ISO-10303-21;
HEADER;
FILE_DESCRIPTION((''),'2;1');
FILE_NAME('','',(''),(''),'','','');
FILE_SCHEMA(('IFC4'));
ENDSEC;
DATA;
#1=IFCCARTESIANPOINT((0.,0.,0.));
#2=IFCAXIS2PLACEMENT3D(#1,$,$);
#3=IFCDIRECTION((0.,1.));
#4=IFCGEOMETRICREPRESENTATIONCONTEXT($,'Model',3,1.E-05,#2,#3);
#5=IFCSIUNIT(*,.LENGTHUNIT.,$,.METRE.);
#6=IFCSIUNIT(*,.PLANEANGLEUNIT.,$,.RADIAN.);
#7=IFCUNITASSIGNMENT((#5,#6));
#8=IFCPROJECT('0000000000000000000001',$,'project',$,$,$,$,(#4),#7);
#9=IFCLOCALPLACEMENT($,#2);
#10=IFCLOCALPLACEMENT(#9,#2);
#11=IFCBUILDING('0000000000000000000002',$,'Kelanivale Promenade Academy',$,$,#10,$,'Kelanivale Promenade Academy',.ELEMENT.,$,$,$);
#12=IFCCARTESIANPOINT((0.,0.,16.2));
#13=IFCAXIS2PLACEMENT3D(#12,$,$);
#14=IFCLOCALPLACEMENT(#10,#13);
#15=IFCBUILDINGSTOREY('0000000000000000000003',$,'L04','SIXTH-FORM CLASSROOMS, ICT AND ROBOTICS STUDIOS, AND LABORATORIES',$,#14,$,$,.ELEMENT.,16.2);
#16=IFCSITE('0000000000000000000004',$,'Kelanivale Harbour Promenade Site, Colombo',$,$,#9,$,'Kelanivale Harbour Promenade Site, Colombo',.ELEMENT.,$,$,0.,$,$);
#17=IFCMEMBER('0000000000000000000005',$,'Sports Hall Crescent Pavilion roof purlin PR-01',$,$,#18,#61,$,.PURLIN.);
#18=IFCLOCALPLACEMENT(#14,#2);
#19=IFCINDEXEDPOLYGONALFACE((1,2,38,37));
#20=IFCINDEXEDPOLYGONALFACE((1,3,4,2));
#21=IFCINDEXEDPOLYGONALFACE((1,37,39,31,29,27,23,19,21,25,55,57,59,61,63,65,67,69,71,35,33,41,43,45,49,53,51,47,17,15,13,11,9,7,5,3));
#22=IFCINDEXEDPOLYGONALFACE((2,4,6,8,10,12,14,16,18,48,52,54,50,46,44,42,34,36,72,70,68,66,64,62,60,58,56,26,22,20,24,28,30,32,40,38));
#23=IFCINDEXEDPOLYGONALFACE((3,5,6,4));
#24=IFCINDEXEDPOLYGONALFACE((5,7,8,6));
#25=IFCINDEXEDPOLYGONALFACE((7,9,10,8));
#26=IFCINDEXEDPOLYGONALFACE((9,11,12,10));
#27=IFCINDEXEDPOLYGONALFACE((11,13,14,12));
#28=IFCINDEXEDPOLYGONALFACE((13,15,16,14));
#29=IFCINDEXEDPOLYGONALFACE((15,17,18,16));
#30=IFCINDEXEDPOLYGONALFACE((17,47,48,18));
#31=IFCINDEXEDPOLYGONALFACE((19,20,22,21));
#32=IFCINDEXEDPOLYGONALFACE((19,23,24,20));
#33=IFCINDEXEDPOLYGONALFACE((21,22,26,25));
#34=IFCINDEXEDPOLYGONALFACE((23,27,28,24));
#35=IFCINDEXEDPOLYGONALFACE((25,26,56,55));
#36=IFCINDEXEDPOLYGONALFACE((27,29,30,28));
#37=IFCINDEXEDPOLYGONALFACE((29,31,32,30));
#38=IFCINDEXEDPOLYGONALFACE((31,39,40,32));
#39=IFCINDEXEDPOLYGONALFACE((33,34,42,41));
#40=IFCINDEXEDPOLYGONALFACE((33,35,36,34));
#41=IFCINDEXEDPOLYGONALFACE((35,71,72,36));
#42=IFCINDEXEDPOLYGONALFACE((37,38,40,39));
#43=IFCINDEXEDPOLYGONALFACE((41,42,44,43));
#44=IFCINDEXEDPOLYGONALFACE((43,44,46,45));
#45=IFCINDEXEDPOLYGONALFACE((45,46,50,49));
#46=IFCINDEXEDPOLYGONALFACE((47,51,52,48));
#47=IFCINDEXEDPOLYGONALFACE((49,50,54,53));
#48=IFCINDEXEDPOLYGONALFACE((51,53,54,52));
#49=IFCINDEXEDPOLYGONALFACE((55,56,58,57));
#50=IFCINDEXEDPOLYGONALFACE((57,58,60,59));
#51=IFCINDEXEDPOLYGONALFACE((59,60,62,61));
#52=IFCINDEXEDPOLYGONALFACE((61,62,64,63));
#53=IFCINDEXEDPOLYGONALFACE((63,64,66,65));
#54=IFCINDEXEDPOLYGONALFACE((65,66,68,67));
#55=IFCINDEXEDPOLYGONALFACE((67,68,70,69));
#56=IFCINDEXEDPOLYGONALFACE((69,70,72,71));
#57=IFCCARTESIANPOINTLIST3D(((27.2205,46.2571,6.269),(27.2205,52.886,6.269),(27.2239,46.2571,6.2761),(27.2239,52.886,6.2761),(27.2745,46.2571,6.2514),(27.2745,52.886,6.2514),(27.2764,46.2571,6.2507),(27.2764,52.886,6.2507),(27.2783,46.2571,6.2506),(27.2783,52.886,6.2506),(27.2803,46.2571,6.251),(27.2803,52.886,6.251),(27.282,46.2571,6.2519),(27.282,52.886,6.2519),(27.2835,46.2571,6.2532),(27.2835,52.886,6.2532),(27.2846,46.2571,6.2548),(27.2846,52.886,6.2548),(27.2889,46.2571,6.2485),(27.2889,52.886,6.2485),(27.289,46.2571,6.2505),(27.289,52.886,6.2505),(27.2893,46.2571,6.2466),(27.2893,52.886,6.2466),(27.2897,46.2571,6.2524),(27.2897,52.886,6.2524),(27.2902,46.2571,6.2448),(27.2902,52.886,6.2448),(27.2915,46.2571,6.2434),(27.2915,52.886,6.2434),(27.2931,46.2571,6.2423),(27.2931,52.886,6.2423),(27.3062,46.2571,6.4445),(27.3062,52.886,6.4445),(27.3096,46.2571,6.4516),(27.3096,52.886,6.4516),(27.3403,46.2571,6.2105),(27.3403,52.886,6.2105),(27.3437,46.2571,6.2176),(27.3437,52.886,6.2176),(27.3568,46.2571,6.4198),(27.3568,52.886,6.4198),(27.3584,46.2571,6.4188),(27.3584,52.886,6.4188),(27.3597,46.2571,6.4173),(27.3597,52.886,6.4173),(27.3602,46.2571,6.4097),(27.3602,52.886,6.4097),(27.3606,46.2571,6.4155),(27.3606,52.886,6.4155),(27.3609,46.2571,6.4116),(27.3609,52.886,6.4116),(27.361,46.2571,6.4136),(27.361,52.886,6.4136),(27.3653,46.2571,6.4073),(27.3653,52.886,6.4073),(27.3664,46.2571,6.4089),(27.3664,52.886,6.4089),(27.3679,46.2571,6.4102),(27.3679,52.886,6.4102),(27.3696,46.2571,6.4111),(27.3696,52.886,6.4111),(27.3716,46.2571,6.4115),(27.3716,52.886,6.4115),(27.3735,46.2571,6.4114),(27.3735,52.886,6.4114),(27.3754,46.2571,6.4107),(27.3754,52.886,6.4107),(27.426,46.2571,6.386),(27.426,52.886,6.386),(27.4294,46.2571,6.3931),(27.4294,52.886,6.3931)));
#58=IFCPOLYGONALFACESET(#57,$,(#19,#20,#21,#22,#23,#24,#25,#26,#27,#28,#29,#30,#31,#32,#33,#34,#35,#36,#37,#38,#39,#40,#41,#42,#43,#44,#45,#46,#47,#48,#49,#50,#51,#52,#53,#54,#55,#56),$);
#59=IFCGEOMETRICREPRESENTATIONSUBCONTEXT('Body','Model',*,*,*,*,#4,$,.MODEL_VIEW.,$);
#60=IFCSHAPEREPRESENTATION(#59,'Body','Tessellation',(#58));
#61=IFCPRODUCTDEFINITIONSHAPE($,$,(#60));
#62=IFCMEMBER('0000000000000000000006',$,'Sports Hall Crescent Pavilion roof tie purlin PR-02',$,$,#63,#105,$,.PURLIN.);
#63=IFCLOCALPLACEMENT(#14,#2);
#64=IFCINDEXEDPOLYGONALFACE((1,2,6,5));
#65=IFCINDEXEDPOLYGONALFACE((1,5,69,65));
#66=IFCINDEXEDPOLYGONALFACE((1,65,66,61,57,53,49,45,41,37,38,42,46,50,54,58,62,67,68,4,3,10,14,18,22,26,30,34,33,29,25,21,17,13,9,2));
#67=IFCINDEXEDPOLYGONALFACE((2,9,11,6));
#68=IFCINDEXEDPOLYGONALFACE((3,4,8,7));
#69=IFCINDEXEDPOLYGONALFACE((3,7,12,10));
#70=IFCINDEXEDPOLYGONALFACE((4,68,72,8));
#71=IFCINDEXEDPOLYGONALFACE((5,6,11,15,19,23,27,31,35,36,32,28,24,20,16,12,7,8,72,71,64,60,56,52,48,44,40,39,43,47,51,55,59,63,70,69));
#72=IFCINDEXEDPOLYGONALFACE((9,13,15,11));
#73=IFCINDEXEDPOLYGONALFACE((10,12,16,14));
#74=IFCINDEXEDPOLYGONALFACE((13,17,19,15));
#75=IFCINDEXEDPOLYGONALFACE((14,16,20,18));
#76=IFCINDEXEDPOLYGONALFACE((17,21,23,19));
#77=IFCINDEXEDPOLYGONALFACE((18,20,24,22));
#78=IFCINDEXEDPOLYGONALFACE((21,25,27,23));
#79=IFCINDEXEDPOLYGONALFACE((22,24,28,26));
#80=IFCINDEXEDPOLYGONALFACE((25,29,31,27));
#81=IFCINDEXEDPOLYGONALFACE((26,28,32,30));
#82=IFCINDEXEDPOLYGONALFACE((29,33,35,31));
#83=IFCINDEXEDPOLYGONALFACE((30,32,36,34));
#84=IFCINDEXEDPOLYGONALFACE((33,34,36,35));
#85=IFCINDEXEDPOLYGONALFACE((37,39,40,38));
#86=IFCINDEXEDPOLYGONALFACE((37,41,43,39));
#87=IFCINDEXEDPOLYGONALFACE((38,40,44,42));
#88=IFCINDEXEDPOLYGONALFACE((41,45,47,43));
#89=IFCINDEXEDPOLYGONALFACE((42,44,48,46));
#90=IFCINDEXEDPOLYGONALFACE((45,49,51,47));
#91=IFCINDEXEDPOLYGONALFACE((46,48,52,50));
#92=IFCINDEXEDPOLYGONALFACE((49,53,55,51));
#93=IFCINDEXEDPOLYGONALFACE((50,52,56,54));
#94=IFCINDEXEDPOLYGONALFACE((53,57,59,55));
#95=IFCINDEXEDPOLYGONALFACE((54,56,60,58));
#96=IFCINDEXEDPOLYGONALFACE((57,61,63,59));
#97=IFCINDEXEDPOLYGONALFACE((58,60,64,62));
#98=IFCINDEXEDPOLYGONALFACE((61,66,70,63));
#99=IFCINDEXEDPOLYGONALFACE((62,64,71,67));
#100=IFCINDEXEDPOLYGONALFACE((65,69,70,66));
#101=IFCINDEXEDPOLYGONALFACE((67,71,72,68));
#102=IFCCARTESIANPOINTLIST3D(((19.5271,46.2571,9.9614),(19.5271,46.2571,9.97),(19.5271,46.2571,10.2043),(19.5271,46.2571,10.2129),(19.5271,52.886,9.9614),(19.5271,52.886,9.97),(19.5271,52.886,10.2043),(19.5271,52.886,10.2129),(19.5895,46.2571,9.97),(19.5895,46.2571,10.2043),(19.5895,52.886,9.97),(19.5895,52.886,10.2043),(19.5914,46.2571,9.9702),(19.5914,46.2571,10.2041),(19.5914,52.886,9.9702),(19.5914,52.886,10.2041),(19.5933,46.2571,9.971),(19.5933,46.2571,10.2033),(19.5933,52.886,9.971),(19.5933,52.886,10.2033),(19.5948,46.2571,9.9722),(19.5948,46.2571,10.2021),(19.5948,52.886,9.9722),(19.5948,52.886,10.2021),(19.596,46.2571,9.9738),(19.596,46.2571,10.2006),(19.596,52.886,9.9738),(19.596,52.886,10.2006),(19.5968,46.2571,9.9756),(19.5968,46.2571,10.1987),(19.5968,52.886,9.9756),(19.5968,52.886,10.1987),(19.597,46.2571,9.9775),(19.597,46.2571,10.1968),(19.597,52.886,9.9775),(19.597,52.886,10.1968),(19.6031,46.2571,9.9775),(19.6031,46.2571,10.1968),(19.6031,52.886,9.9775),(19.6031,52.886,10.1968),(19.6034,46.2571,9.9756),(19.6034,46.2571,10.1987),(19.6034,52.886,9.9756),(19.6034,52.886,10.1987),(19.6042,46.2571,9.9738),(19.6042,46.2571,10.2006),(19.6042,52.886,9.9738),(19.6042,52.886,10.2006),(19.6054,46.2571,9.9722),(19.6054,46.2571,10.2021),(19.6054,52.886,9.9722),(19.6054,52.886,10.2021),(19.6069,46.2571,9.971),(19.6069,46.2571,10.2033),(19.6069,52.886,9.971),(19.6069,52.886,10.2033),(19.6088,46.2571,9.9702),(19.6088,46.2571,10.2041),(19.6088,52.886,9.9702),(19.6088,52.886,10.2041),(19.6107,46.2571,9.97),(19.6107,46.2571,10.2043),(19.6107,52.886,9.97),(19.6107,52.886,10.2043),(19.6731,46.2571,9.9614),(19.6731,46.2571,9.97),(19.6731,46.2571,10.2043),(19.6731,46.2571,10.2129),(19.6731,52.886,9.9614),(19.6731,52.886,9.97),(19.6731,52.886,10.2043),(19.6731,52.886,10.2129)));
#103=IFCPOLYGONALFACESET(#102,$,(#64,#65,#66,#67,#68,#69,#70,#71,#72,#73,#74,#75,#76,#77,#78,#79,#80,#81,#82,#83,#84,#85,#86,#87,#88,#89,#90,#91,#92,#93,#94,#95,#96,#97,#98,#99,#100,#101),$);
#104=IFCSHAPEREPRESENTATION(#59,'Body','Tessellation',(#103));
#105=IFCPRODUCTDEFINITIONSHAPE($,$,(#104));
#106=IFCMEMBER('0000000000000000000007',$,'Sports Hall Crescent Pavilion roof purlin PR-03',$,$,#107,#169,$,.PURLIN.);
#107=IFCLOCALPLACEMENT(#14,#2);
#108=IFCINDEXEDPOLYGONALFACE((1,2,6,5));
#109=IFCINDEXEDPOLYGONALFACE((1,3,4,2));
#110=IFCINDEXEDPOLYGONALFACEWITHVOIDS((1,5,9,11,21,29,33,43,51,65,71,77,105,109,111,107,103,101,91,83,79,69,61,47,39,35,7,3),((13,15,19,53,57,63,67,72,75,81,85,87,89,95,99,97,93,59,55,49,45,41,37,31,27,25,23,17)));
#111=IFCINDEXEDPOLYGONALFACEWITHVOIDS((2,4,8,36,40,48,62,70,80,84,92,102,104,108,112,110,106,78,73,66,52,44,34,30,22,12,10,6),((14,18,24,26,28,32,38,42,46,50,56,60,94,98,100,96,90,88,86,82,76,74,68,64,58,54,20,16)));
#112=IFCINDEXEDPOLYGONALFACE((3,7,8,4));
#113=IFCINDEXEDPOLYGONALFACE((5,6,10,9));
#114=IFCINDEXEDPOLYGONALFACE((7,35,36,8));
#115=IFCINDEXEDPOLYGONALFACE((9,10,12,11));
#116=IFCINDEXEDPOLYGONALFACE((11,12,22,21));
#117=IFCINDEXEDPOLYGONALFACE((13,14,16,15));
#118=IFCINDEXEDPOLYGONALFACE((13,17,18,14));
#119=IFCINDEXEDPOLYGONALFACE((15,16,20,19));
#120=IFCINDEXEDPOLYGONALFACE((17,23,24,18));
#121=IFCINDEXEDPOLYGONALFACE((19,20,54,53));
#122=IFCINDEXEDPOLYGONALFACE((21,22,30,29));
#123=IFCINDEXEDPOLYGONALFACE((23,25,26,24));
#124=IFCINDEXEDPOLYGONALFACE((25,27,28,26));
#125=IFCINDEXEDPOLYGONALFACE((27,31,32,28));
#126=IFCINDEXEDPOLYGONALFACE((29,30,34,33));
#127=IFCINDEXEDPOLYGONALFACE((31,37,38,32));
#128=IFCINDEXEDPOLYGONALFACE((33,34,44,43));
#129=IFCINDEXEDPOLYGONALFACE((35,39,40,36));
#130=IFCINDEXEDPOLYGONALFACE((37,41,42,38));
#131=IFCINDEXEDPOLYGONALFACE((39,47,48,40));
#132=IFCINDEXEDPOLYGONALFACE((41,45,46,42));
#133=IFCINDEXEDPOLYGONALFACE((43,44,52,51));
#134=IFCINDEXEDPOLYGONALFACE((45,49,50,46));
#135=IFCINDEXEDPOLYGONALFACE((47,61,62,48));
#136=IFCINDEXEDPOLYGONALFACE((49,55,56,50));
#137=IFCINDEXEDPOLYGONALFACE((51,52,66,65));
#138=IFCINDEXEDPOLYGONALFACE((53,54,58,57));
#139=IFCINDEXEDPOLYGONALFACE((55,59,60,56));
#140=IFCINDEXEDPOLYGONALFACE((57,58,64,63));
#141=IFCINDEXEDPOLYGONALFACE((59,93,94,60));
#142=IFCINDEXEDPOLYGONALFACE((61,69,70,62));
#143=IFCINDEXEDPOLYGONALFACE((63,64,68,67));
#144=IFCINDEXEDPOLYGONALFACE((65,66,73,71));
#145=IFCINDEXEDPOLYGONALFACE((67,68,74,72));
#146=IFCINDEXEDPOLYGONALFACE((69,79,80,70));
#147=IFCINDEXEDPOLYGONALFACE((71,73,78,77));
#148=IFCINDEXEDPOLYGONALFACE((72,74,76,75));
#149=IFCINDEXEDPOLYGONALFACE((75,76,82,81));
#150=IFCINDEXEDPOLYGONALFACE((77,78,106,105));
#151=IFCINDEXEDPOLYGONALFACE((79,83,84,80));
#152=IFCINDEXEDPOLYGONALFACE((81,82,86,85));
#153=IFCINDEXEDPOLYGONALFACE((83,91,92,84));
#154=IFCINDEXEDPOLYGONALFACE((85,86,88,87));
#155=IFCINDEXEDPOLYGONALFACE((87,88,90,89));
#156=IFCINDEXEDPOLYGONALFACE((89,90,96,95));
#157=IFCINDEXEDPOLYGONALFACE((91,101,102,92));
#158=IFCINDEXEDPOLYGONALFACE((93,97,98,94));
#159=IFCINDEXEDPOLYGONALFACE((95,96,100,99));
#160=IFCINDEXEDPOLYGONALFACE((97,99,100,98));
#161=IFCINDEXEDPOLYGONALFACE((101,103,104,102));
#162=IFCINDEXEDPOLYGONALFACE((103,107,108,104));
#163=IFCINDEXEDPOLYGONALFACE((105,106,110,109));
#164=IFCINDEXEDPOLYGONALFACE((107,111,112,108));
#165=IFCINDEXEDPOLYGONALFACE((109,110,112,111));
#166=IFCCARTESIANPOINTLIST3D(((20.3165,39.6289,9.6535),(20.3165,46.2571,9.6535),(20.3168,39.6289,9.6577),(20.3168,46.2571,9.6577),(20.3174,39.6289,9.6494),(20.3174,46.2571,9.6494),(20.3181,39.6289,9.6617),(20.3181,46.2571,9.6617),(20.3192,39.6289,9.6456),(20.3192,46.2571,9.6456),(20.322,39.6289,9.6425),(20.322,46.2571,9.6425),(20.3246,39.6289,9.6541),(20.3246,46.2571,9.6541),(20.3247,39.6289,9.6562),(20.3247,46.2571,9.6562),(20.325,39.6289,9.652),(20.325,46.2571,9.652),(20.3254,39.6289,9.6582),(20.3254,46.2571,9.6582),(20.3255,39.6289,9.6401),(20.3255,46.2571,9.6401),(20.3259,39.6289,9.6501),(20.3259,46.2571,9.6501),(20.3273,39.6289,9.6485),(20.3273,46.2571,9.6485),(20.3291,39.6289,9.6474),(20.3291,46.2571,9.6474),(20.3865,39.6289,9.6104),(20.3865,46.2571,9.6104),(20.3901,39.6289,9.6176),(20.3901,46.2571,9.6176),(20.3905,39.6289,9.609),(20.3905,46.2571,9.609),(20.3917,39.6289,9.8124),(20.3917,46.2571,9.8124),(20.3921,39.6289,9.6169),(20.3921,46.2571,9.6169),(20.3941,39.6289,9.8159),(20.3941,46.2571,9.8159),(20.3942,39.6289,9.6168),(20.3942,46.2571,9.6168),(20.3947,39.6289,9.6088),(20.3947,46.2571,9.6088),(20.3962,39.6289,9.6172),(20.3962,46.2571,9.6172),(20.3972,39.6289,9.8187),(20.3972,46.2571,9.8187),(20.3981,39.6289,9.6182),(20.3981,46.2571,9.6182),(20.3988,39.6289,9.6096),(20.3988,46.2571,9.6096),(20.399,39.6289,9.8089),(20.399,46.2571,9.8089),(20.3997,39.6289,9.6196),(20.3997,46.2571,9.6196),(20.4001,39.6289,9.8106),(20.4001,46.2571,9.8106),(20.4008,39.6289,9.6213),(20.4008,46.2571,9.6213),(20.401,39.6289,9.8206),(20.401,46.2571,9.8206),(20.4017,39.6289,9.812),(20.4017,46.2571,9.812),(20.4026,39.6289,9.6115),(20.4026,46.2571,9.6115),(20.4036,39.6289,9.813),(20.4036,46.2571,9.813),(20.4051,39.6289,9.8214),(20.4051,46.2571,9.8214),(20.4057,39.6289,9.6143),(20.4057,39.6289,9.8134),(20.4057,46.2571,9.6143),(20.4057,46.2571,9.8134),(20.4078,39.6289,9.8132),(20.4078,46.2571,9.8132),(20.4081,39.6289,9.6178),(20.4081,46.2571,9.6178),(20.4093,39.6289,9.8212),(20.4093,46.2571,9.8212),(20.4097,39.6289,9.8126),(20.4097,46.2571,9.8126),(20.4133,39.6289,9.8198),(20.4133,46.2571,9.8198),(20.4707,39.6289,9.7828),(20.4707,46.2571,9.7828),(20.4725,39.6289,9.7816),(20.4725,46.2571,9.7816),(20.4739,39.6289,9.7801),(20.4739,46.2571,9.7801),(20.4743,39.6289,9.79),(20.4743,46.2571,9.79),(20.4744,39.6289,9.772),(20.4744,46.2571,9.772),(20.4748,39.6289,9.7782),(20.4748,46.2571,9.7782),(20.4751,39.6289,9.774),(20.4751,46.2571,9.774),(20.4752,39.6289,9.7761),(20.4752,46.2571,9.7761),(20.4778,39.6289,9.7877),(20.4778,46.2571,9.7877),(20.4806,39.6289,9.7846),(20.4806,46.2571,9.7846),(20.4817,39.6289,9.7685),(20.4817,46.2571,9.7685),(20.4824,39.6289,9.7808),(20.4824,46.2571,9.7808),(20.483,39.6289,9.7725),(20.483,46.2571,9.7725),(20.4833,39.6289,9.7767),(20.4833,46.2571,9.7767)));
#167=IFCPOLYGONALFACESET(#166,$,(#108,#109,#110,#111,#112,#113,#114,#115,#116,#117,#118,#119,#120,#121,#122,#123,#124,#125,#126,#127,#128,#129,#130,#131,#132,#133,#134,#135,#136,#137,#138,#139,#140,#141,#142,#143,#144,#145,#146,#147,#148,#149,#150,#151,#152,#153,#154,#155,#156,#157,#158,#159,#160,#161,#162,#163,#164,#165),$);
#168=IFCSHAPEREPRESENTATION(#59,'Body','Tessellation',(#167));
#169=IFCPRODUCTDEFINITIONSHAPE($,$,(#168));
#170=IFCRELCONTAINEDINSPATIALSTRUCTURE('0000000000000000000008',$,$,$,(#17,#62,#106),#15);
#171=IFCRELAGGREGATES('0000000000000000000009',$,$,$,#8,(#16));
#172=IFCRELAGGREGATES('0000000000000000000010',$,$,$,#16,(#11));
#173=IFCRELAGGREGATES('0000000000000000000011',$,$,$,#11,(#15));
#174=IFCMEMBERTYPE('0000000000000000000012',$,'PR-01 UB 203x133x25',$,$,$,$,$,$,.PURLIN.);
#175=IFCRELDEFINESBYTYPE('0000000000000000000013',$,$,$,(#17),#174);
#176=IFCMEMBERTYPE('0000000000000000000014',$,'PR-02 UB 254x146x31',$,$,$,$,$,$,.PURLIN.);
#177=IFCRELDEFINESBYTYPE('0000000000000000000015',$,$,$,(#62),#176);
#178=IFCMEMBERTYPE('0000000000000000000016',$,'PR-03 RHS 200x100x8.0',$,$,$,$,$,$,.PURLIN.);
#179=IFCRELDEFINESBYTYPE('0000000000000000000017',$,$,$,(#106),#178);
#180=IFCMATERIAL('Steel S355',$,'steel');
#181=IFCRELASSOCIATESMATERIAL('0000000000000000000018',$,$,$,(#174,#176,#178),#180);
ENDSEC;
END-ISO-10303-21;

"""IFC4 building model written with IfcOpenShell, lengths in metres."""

from ifc_helpers import new_model, si_unit, direction, frame, origin, origin_2d, place, context, subcontext, project, spatial, hollow_rectangle, i_section, extrude, material, material_profile, profile_set, type_object, element, save


model = new_model("IFC4")

# Units and contexts
model_context = context("Model", 3, precision=1e-05, world=origin(), true_north=direction((0.0, 1.0)))
body_context = subcontext(model_context, "Body", "Model", "MODEL_VIEW")
ifc_project = project(units=[si_unit("LENGTHUNIT", "METRE"), si_unit("PLANEANGLEUNIT", "RADIAN")], contexts=[model_context])

# Site, building, storey
site_placement = place(None, origin())
site = spatial("IfcSite", under=ifc_project, at=site_placement, Name="Kelanivale Harbour Promenade Site, Colombo", LongName="Kelanivale Harbour Promenade Site, Colombo", CompositionType="ELEMENT", RefElevation=0.0)
building_placement = place(site_placement, origin())
building = spatial("IfcBuilding", under=site, at=building_placement, Name="Kelanivale Promenade Academy", LongName="Kelanivale Promenade Academy", CompositionType="ELEMENT")
storey_placement = place(building_placement, frame((0.0, 0.0, 16.2)))
storey = spatial("IfcBuildingStorey", under=building, at=storey_placement, Name="L04", Description="SIXTH-FORM CLASSROOMS, ICT AND ROBOTICS STUDIOS, AND LABORATORIES", CompositionType="ELEMENT", Elevation=16.2)

# Members
ifc_material_1 = material(Name="Steel S355", Category="steel")
ifc_material_profile_1 = material_profile(ifc_material_1, i_section(OverallWidth=0.1333, OverallDepth=0.2031, WebThickness=0.0056, FlangeThickness=0.0078, FilletRadius=0.0076, at=origin_2d()), Name="UB 203x133x25")
ifc_profile_set_1 = profile_set([ifc_material_profile_1], Name="Steel S355")
member_type_1 = type_object("IfcMemberType", Name="PR-01 UB 203x133x25", PredefinedType="PURLIN", material=ifc_profile_set_1)
member_1_placement = place(storey_placement, frame((27.325, 46.2571, 6.3311), z_axis=(0.0, 1.0, 0.0), x_axis=(-0.898564, 0.0, 0.438842)))
element("IfcMember", 1, at=member_1_placement, inside=storey, type_object=member_type_1, Name="Sports Hall Crescent Pavilion roof purlin PR-01", PredefinedType="PURLIN", context=body_context, shape_type="SweptSolid", body=[
    extrude(i_section(OverallWidth=0.1333, OverallDepth=0.2031, WebThickness=0.0056, FlangeThickness=0.0078, FilletRadius=0.0076, at=origin_2d()), origin(), (0.0, 0.0, 1.0), 6.6289),
])
ifc_material_profile_2 = material_profile(ifc_material_1, i_section(OverallWidth=0.146, OverallDepth=0.2515, WebThickness=0.0061, FlangeThickness=0.0085, FilletRadius=0.0076, at=origin_2d()), Name="UB 254x146x31")
ifc_profile_set_2 = profile_set([ifc_material_profile_2], Name="Steel S355")
member_type_2 = type_object("IfcMemberType", Name="PR-02 UB 254x146x31", PredefinedType="PURLIN", material=ifc_profile_set_2)
member_2_placement = place(storey_placement, frame((19.6001, 46.2571, 10.0872), z_axis=(0.0, 1.0, 0.0), x_axis=(-1.0, 0.0, 0.0)))
element("IfcMember", 2, at=member_2_placement, inside=storey, type_object=member_type_2, Name="Sports Hall Crescent Pavilion roof tie purlin PR-02", PredefinedType="PURLIN", context=body_context, shape_type="SweptSolid", body=[
    extrude(i_section(OverallWidth=0.146, OverallDepth=0.2515, WebThickness=0.0061, FlangeThickness=0.0085, FilletRadius=0.0076, at=origin_2d()), origin(), (0.0, 0.0, 1.0), 6.6289),
])
ifc_material_profile_3 = material_profile(ifc_material_1, hollow_rectangle(XDim=0.1001, YDim=0.2, WallThickness=0.0081, InnerFilletRadius=0.0081, OuterFilletRadius=0.0161, at=origin_2d()), Name="RHS 200x100x8.0")
ifc_profile_set_3 = profile_set([ifc_material_profile_3], Name="Steel S355")
member_type_3 = type_object("IfcMemberType", Name="PR-03 RHS 200x100x8.0", PredefinedType="PURLIN", material=ifc_profile_set_3)
member_3_placement = place(storey_placement, frame((20.3999, 39.6289, 9.7151), z_axis=(0.0, 1.0, 0.0), x_axis=(-0.898564, 0.0, 0.438842)))
element("IfcMember", 3, at=member_3_placement, inside=storey, type_object=member_type_3, Name="Sports Hall Crescent Pavilion roof purlin PR-03", PredefinedType="PURLIN", context=body_context, shape_type="SweptSolid", body=[
    extrude(hollow_rectangle(XDim=0.1001, YDim=0.2, WallThickness=0.0081, InnerFilletRadius=0.0081, OuterFilletRadius=0.0161, at=origin_2d()), origin(), (0.0, 0.0, 1.0), 6.6282),
])

save(model, "model.ifc")
